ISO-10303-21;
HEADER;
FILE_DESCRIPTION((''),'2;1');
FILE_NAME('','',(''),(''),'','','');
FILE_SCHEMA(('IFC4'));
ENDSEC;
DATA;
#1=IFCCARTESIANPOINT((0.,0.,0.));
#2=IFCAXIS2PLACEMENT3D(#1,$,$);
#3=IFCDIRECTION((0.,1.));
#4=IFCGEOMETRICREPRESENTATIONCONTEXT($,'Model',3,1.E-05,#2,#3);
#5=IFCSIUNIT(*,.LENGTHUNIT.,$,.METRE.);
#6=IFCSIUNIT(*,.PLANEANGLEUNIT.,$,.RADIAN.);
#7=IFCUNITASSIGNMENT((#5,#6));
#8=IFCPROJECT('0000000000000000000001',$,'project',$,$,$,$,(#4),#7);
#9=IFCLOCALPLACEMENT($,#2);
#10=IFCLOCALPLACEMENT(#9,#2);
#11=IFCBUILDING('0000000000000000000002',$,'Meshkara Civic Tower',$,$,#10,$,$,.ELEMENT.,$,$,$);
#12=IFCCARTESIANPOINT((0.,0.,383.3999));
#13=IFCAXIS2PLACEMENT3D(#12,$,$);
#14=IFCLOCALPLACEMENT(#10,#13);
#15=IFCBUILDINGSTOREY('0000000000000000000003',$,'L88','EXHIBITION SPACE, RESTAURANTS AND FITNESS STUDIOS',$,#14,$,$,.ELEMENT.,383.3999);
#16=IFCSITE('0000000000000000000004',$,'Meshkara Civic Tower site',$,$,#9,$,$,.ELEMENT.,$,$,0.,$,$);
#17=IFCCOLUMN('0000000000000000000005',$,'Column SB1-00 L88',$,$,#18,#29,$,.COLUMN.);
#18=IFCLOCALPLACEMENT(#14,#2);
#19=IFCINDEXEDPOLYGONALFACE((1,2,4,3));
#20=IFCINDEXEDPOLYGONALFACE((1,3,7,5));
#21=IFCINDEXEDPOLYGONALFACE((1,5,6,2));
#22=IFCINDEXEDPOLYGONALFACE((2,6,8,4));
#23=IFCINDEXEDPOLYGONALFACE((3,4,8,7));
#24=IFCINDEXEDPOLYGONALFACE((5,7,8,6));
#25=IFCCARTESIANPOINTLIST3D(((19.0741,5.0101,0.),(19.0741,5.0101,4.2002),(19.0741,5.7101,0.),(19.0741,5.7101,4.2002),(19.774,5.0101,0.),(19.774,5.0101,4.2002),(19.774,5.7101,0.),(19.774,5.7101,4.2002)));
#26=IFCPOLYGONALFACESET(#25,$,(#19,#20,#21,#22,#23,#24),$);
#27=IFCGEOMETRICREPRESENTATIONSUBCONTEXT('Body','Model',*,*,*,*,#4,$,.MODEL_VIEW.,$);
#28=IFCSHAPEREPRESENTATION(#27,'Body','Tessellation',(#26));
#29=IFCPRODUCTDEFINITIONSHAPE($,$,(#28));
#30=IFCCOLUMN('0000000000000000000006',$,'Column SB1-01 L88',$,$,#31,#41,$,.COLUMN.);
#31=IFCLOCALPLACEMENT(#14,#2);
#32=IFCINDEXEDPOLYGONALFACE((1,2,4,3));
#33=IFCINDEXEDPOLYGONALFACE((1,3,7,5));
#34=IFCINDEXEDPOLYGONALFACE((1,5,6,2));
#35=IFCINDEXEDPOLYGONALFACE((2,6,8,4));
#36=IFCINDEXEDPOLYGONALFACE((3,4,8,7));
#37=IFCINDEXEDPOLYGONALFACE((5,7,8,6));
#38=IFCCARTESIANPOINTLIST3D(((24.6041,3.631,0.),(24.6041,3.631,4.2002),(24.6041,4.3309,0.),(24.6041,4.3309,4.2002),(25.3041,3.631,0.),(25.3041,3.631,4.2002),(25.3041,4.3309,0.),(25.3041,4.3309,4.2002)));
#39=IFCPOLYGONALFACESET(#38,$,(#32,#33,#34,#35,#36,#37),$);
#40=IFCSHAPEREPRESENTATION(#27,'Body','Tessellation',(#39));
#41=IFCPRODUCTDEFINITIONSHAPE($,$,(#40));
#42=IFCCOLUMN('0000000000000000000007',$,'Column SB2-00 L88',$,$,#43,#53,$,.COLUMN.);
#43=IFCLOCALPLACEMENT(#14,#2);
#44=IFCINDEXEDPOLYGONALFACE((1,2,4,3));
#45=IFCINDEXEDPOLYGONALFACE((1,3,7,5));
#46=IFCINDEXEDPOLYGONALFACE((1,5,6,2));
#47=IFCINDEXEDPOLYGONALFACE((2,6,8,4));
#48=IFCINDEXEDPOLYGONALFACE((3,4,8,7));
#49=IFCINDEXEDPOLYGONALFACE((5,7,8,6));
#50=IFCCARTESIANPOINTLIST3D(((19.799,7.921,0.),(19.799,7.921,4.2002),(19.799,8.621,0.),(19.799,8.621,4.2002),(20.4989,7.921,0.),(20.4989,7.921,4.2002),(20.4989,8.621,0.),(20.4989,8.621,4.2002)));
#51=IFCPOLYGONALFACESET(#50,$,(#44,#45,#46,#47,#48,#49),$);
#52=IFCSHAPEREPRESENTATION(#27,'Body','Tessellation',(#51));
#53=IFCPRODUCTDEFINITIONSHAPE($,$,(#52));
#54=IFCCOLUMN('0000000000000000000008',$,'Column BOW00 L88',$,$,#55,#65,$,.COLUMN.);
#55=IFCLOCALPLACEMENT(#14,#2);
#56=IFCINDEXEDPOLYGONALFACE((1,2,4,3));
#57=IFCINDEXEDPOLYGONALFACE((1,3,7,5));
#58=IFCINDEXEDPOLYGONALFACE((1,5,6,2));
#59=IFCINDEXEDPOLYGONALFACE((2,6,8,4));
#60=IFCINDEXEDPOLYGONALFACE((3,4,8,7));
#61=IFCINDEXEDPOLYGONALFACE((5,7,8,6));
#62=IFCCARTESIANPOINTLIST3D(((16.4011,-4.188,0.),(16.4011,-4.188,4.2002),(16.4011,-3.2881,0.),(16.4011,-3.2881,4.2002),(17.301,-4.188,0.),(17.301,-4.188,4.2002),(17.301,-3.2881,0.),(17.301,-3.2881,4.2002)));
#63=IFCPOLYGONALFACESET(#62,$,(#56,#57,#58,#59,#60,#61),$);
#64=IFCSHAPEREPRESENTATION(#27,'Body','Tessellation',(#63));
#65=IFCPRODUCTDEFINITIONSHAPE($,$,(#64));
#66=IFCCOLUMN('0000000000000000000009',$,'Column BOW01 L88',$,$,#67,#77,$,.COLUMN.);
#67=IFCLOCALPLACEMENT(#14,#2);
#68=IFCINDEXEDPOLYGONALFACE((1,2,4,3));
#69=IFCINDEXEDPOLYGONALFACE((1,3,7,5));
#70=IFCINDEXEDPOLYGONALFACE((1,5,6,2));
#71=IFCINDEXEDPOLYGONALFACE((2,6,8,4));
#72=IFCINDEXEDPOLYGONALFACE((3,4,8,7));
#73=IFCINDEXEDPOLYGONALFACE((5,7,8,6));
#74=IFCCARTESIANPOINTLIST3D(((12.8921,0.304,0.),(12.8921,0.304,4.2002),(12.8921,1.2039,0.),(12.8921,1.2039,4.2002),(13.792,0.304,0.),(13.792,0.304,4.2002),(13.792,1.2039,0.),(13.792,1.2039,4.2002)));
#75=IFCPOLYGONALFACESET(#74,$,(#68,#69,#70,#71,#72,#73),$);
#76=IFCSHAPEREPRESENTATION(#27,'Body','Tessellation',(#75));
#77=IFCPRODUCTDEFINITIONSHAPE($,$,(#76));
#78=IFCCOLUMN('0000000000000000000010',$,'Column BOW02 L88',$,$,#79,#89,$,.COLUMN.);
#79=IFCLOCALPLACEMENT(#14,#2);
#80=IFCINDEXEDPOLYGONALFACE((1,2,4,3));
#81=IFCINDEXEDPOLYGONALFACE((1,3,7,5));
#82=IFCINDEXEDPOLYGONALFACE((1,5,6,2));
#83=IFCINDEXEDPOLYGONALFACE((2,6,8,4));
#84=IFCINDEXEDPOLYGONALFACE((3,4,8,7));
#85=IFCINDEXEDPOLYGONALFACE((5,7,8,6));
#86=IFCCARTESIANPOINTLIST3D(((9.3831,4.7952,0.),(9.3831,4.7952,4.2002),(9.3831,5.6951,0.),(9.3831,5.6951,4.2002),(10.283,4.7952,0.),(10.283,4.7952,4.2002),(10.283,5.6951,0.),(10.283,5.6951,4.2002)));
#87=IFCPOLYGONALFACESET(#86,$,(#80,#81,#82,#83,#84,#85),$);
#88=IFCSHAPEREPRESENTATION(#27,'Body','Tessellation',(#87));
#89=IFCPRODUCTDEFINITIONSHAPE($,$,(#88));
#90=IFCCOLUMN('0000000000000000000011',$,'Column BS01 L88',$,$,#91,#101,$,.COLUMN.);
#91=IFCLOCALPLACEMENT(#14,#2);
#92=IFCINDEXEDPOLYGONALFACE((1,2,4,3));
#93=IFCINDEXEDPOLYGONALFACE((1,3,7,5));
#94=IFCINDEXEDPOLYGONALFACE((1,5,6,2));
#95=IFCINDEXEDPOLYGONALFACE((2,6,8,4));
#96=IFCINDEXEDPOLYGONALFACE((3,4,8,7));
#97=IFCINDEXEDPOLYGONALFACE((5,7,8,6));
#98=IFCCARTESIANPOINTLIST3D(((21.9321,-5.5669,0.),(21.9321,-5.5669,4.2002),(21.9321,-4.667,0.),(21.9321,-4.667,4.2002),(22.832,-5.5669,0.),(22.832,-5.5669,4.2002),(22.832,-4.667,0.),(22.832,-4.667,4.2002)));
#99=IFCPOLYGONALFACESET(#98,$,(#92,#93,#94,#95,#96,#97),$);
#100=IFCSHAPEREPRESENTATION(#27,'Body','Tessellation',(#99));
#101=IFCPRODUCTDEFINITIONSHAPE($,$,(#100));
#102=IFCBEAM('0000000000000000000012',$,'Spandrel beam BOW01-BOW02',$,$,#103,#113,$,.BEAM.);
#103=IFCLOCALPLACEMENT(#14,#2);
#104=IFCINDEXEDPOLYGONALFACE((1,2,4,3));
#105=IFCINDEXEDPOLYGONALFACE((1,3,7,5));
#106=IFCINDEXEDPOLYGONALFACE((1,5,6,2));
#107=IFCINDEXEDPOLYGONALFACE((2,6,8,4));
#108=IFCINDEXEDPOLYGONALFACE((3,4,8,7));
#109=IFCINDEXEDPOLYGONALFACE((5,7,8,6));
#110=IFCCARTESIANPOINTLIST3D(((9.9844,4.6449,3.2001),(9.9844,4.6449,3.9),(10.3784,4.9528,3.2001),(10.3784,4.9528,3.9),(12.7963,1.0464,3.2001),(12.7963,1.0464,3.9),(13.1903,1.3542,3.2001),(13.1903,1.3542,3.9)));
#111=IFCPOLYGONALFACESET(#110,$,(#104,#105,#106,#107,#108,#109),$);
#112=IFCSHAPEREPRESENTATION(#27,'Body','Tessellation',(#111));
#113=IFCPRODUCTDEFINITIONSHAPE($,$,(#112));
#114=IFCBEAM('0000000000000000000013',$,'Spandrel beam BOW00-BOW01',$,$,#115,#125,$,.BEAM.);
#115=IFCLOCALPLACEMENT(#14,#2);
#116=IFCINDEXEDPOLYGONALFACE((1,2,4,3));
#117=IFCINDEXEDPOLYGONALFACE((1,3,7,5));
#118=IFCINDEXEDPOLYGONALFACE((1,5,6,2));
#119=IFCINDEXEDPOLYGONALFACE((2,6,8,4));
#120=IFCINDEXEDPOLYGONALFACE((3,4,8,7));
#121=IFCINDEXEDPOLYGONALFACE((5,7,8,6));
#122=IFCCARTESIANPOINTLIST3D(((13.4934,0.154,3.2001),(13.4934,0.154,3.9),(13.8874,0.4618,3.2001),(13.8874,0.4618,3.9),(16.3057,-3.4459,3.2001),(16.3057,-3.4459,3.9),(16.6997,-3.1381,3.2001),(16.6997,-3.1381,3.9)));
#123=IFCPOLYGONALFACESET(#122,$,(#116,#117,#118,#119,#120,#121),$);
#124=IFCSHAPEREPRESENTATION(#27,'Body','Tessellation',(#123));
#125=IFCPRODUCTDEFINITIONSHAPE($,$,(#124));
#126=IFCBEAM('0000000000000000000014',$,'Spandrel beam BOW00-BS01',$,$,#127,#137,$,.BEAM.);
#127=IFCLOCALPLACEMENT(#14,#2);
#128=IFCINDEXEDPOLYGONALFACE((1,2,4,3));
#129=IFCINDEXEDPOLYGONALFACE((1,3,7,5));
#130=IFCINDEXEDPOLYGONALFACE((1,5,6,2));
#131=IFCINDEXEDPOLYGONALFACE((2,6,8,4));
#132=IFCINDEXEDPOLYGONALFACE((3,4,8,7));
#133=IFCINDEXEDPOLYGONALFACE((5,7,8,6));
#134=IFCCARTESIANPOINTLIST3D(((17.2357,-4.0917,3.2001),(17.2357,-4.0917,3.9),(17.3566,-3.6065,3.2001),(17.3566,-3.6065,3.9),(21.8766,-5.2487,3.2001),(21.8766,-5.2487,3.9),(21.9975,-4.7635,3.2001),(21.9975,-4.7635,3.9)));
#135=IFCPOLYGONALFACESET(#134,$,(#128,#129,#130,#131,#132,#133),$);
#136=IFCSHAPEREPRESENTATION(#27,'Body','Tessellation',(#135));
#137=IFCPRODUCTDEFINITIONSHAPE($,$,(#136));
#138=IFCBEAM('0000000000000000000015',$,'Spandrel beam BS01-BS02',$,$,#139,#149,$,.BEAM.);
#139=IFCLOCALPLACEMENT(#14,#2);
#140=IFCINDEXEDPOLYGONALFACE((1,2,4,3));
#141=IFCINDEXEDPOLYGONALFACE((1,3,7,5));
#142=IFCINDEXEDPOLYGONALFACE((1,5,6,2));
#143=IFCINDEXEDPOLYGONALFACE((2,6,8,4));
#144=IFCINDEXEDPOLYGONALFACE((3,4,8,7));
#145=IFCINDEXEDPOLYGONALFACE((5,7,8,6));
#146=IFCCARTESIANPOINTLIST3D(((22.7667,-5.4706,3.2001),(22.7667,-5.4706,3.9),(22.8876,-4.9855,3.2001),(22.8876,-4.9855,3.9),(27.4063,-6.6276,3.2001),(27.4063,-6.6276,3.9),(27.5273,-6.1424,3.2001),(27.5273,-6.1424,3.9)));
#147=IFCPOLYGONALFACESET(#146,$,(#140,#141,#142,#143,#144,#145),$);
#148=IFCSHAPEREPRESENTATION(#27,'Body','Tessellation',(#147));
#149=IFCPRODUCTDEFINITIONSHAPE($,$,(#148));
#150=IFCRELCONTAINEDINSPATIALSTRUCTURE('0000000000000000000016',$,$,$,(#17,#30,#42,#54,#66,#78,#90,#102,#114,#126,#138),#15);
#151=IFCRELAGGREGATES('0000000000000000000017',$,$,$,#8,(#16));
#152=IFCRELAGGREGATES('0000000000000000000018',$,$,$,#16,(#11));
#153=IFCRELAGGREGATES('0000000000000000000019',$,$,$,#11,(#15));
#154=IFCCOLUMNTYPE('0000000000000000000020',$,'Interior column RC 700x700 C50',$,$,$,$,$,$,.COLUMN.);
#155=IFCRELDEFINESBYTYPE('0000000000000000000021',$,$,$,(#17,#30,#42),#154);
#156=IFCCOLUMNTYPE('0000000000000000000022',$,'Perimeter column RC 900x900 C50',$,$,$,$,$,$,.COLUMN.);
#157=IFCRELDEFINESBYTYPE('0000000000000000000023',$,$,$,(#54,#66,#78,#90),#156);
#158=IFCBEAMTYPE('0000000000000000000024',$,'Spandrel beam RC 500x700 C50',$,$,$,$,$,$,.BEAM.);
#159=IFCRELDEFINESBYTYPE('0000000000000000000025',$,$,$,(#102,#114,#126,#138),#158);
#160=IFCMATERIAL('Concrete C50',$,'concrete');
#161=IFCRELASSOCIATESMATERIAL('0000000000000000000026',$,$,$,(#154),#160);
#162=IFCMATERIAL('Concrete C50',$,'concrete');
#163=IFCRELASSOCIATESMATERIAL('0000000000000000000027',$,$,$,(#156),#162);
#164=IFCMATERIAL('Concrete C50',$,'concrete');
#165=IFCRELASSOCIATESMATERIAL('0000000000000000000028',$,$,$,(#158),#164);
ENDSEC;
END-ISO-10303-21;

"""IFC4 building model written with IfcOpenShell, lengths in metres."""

from ifc_helpers import new_model, si_unit, direction, frame, origin, origin_2d, place, context, subcontext, project, spatial, rectangle, extrude, material, material_profile, profile_set, type_object, element, save


model = new_model("IFC4")

# Units and contexts
model_context = context("Model", 3, precision=1e-05, world=origin(), true_north=direction((0.0, 1.0)))
body_context = subcontext(model_context, "Body", "Model", "MODEL_VIEW")
ifc_project = project(units=[si_unit("LENGTHUNIT", "METRE"), si_unit("PLANEANGLEUNIT", "RADIAN")], contexts=[model_context])

# Site, building, storey
site_placement = place(None, origin())
site = spatial("IfcSite", under=ifc_project, at=site_placement, Name="Meshkara Civic Tower site", CompositionType="ELEMENT", RefElevation=0.0)
building_placement = place(site_placement, origin())
building = spatial("IfcBuilding", under=site, at=building_placement, Name="Meshkara Civic Tower", CompositionType="ELEMENT")
storey_placement = place(building_placement, frame((0.0, 0.0, 383.3999)))
storey = spatial("IfcBuildingStorey", under=building, at=storey_placement, Name="L88", Description="EXHIBITION SPACE, RESTAURANTS AND FITNESS STUDIOS", CompositionType="ELEMENT", Elevation=383.3999)

# Columns
ifc_material_1 = material(Name="Concrete C50", Category="concrete")
ifc_material_profile_1 = material_profile(ifc_material_1, rectangle(XDim=0.7, YDim=0.7, at=origin_2d()))
ifc_profile_set_1 = profile_set([ifc_material_profile_1], Name="Concrete C50")
column_type_1 = type_object("IfcColumnType", Name="Interior column RC 700x700 C50", PredefinedType="COLUMN", material=ifc_profile_set_1)
for number, where, z_axis, x_axis, name in (
    (1, (19.4241, 5.3601, 0.0), (0.0, 0.0, 1.0), (1.0, 0.0, 0.0), "Column SB1-00 L88"),
    (2, (24.9541, 3.981, 0.0), (0.0, 0.0, 1.0), (1.0, 0.0, 0.0), "Column SB1-01 L88"),
    (3, (20.1489, 8.271, 0.0), (0.0, 0.0, 1.0), (1.0, 0.0, 0.0), "Column SB2-00 L88"),
):
    element("IfcColumn", number, at=place(storey_placement, frame(where, z_axis=z_axis, x_axis=x_axis)), inside=storey, type_object=column_type_1, Name=name, PredefinedType="COLUMN", context=body_context, shape_type="SweptSolid", body=[
        extrude(rectangle(XDim=0.7, YDim=0.7, at=origin_2d()), origin(), (0.0, 0.0, 1.0), 4.2002),
    ])
ifc_material_2 = material(Name="Concrete C50", Category="concrete")
ifc_material_profile_2 = material_profile(ifc_material_2, rectangle(XDim=0.8999, YDim=0.8999, at=origin_2d()))
ifc_profile_set_2 = profile_set([ifc_material_profile_2], Name="Concrete C50")
column_type_2 = type_object("IfcColumnType", Name="Perimeter column RC 900x900 C50", PredefinedType="COLUMN", material=ifc_profile_set_2)
for number, where, z_axis, x_axis, name in (
    (4, (16.8511, -3.738, 0.0), (0.0, 0.0, 1.0), (1.0, 0.0, 0.0), "Column BOW00 L88"),
    (5, (13.342, 0.7539, 0.0), (0.0, 0.0, 1.0), (1.0, 0.0, 0.0), "Column BOW01 L88"),
    (6, (9.833, 5.2451, 0.0), (0.0, 0.0, 1.0), (1.0, 0.0, 0.0), "Column BOW02 L88"),
    (7, (22.3821, -5.1169, 0.0), (0.0, 0.0, 1.0), (1.0, 0.0, 0.0), "Column BS01 L88"),
):
    element("IfcColumn", number, at=place(storey_placement, frame(where, z_axis=z_axis, x_axis=x_axis)), inside=storey, type_object=column_type_2, Name=name, PredefinedType="COLUMN", context=body_context, shape_type="SweptSolid", body=[
        extrude(rectangle(XDim=0.8999, YDim=0.8999, at=origin_2d()), origin(), (0.0, 0.0, 1.0), 4.2002),
    ])

# Beams
ifc_material_3 = material(Name="Concrete C50", Category="concrete")
ifc_material_profile_3 = material_profile(ifc_material_3, rectangle(XDim=0.5, YDim=0.7, at=origin_2d()))
ifc_profile_set_3 = profile_set([ifc_material_profile_3], Name="Concrete C50")
beam_type = type_object("IfcBeamType", Name="Spandrel beam RC 500x700 C50", PredefinedType="BEAM", material=ifc_profile_set_3)
beam_1_placement = place(storey_placement, frame((10.1814, 4.7988, 3.55), z_axis=(0.615723, -0.787963, 0.0), x_axis=(0.787963, 0.615723, 0.0)))
element("IfcBeam", 8, at=beam_1_placement, inside=storey, type_object=beam_type, Name="Spandrel beam BOW01-BOW02", PredefinedType="BEAM", context=body_context, shape_type="SweptSolid", body=[
    extrude(rectangle(XDim=0.5, YDim=0.7, at=origin_2d()), origin(), (0.0, 0.0, 1.0), 4.5669),
])
beam_2_placement = place(storey_placement, frame((13.6904, 0.3079, 3.55), z_axis=(0.615626, -0.788038, 0.0), x_axis=(0.788038, 0.615626, 0.0)))
element("IfcBeam", 9, at=beam_2_placement, inside=storey, type_object=beam_type, Name="Spandrel beam BOW00-BOW01", PredefinedType="BEAM", context=body_context, shape_type="SweptSolid", body=[
    extrude(rectangle(XDim=0.5, YDim=0.7, at=origin_2d()), origin(), (0.0, 0.0, 1.0), 4.5681),
])
beam_3_placement = place(storey_placement, frame((17.2961, -3.8491, 3.55), z_axis=(0.970301, -0.241899, 0.0), x_axis=(0.241899, 0.970301, 0.0)))
element("IfcBeam", 10, at=beam_3_placement, inside=storey, type_object=beam_type, Name="Spandrel beam BOW00-BS01", PredefinedType="BEAM", context=body_context, shape_type="SweptSolid", body=[
    extrude(rectangle(XDim=0.5, YDim=0.7, at=origin_2d()), origin(), (0.0, 0.0, 1.0), 4.783),
])
beam_4_placement = place(storey_placement, frame((22.8271, -5.228, 3.55), z_axis=(0.970286, -0.241959, 0.0), x_axis=(0.241959, 0.970286, 0.0)))
element("IfcBeam", 11, at=beam_4_placement, inside=storey, type_object=beam_type, Name="Spandrel beam BS01-BS02", PredefinedType="BEAM", context=body_context, shape_type="SweptSolid", body=[
    extrude(rectangle(XDim=0.5, YDim=0.7, at=origin_2d()), origin(), (0.0, 0.0, 1.0), 4.7817),
])

save(model, "model.ifc")
